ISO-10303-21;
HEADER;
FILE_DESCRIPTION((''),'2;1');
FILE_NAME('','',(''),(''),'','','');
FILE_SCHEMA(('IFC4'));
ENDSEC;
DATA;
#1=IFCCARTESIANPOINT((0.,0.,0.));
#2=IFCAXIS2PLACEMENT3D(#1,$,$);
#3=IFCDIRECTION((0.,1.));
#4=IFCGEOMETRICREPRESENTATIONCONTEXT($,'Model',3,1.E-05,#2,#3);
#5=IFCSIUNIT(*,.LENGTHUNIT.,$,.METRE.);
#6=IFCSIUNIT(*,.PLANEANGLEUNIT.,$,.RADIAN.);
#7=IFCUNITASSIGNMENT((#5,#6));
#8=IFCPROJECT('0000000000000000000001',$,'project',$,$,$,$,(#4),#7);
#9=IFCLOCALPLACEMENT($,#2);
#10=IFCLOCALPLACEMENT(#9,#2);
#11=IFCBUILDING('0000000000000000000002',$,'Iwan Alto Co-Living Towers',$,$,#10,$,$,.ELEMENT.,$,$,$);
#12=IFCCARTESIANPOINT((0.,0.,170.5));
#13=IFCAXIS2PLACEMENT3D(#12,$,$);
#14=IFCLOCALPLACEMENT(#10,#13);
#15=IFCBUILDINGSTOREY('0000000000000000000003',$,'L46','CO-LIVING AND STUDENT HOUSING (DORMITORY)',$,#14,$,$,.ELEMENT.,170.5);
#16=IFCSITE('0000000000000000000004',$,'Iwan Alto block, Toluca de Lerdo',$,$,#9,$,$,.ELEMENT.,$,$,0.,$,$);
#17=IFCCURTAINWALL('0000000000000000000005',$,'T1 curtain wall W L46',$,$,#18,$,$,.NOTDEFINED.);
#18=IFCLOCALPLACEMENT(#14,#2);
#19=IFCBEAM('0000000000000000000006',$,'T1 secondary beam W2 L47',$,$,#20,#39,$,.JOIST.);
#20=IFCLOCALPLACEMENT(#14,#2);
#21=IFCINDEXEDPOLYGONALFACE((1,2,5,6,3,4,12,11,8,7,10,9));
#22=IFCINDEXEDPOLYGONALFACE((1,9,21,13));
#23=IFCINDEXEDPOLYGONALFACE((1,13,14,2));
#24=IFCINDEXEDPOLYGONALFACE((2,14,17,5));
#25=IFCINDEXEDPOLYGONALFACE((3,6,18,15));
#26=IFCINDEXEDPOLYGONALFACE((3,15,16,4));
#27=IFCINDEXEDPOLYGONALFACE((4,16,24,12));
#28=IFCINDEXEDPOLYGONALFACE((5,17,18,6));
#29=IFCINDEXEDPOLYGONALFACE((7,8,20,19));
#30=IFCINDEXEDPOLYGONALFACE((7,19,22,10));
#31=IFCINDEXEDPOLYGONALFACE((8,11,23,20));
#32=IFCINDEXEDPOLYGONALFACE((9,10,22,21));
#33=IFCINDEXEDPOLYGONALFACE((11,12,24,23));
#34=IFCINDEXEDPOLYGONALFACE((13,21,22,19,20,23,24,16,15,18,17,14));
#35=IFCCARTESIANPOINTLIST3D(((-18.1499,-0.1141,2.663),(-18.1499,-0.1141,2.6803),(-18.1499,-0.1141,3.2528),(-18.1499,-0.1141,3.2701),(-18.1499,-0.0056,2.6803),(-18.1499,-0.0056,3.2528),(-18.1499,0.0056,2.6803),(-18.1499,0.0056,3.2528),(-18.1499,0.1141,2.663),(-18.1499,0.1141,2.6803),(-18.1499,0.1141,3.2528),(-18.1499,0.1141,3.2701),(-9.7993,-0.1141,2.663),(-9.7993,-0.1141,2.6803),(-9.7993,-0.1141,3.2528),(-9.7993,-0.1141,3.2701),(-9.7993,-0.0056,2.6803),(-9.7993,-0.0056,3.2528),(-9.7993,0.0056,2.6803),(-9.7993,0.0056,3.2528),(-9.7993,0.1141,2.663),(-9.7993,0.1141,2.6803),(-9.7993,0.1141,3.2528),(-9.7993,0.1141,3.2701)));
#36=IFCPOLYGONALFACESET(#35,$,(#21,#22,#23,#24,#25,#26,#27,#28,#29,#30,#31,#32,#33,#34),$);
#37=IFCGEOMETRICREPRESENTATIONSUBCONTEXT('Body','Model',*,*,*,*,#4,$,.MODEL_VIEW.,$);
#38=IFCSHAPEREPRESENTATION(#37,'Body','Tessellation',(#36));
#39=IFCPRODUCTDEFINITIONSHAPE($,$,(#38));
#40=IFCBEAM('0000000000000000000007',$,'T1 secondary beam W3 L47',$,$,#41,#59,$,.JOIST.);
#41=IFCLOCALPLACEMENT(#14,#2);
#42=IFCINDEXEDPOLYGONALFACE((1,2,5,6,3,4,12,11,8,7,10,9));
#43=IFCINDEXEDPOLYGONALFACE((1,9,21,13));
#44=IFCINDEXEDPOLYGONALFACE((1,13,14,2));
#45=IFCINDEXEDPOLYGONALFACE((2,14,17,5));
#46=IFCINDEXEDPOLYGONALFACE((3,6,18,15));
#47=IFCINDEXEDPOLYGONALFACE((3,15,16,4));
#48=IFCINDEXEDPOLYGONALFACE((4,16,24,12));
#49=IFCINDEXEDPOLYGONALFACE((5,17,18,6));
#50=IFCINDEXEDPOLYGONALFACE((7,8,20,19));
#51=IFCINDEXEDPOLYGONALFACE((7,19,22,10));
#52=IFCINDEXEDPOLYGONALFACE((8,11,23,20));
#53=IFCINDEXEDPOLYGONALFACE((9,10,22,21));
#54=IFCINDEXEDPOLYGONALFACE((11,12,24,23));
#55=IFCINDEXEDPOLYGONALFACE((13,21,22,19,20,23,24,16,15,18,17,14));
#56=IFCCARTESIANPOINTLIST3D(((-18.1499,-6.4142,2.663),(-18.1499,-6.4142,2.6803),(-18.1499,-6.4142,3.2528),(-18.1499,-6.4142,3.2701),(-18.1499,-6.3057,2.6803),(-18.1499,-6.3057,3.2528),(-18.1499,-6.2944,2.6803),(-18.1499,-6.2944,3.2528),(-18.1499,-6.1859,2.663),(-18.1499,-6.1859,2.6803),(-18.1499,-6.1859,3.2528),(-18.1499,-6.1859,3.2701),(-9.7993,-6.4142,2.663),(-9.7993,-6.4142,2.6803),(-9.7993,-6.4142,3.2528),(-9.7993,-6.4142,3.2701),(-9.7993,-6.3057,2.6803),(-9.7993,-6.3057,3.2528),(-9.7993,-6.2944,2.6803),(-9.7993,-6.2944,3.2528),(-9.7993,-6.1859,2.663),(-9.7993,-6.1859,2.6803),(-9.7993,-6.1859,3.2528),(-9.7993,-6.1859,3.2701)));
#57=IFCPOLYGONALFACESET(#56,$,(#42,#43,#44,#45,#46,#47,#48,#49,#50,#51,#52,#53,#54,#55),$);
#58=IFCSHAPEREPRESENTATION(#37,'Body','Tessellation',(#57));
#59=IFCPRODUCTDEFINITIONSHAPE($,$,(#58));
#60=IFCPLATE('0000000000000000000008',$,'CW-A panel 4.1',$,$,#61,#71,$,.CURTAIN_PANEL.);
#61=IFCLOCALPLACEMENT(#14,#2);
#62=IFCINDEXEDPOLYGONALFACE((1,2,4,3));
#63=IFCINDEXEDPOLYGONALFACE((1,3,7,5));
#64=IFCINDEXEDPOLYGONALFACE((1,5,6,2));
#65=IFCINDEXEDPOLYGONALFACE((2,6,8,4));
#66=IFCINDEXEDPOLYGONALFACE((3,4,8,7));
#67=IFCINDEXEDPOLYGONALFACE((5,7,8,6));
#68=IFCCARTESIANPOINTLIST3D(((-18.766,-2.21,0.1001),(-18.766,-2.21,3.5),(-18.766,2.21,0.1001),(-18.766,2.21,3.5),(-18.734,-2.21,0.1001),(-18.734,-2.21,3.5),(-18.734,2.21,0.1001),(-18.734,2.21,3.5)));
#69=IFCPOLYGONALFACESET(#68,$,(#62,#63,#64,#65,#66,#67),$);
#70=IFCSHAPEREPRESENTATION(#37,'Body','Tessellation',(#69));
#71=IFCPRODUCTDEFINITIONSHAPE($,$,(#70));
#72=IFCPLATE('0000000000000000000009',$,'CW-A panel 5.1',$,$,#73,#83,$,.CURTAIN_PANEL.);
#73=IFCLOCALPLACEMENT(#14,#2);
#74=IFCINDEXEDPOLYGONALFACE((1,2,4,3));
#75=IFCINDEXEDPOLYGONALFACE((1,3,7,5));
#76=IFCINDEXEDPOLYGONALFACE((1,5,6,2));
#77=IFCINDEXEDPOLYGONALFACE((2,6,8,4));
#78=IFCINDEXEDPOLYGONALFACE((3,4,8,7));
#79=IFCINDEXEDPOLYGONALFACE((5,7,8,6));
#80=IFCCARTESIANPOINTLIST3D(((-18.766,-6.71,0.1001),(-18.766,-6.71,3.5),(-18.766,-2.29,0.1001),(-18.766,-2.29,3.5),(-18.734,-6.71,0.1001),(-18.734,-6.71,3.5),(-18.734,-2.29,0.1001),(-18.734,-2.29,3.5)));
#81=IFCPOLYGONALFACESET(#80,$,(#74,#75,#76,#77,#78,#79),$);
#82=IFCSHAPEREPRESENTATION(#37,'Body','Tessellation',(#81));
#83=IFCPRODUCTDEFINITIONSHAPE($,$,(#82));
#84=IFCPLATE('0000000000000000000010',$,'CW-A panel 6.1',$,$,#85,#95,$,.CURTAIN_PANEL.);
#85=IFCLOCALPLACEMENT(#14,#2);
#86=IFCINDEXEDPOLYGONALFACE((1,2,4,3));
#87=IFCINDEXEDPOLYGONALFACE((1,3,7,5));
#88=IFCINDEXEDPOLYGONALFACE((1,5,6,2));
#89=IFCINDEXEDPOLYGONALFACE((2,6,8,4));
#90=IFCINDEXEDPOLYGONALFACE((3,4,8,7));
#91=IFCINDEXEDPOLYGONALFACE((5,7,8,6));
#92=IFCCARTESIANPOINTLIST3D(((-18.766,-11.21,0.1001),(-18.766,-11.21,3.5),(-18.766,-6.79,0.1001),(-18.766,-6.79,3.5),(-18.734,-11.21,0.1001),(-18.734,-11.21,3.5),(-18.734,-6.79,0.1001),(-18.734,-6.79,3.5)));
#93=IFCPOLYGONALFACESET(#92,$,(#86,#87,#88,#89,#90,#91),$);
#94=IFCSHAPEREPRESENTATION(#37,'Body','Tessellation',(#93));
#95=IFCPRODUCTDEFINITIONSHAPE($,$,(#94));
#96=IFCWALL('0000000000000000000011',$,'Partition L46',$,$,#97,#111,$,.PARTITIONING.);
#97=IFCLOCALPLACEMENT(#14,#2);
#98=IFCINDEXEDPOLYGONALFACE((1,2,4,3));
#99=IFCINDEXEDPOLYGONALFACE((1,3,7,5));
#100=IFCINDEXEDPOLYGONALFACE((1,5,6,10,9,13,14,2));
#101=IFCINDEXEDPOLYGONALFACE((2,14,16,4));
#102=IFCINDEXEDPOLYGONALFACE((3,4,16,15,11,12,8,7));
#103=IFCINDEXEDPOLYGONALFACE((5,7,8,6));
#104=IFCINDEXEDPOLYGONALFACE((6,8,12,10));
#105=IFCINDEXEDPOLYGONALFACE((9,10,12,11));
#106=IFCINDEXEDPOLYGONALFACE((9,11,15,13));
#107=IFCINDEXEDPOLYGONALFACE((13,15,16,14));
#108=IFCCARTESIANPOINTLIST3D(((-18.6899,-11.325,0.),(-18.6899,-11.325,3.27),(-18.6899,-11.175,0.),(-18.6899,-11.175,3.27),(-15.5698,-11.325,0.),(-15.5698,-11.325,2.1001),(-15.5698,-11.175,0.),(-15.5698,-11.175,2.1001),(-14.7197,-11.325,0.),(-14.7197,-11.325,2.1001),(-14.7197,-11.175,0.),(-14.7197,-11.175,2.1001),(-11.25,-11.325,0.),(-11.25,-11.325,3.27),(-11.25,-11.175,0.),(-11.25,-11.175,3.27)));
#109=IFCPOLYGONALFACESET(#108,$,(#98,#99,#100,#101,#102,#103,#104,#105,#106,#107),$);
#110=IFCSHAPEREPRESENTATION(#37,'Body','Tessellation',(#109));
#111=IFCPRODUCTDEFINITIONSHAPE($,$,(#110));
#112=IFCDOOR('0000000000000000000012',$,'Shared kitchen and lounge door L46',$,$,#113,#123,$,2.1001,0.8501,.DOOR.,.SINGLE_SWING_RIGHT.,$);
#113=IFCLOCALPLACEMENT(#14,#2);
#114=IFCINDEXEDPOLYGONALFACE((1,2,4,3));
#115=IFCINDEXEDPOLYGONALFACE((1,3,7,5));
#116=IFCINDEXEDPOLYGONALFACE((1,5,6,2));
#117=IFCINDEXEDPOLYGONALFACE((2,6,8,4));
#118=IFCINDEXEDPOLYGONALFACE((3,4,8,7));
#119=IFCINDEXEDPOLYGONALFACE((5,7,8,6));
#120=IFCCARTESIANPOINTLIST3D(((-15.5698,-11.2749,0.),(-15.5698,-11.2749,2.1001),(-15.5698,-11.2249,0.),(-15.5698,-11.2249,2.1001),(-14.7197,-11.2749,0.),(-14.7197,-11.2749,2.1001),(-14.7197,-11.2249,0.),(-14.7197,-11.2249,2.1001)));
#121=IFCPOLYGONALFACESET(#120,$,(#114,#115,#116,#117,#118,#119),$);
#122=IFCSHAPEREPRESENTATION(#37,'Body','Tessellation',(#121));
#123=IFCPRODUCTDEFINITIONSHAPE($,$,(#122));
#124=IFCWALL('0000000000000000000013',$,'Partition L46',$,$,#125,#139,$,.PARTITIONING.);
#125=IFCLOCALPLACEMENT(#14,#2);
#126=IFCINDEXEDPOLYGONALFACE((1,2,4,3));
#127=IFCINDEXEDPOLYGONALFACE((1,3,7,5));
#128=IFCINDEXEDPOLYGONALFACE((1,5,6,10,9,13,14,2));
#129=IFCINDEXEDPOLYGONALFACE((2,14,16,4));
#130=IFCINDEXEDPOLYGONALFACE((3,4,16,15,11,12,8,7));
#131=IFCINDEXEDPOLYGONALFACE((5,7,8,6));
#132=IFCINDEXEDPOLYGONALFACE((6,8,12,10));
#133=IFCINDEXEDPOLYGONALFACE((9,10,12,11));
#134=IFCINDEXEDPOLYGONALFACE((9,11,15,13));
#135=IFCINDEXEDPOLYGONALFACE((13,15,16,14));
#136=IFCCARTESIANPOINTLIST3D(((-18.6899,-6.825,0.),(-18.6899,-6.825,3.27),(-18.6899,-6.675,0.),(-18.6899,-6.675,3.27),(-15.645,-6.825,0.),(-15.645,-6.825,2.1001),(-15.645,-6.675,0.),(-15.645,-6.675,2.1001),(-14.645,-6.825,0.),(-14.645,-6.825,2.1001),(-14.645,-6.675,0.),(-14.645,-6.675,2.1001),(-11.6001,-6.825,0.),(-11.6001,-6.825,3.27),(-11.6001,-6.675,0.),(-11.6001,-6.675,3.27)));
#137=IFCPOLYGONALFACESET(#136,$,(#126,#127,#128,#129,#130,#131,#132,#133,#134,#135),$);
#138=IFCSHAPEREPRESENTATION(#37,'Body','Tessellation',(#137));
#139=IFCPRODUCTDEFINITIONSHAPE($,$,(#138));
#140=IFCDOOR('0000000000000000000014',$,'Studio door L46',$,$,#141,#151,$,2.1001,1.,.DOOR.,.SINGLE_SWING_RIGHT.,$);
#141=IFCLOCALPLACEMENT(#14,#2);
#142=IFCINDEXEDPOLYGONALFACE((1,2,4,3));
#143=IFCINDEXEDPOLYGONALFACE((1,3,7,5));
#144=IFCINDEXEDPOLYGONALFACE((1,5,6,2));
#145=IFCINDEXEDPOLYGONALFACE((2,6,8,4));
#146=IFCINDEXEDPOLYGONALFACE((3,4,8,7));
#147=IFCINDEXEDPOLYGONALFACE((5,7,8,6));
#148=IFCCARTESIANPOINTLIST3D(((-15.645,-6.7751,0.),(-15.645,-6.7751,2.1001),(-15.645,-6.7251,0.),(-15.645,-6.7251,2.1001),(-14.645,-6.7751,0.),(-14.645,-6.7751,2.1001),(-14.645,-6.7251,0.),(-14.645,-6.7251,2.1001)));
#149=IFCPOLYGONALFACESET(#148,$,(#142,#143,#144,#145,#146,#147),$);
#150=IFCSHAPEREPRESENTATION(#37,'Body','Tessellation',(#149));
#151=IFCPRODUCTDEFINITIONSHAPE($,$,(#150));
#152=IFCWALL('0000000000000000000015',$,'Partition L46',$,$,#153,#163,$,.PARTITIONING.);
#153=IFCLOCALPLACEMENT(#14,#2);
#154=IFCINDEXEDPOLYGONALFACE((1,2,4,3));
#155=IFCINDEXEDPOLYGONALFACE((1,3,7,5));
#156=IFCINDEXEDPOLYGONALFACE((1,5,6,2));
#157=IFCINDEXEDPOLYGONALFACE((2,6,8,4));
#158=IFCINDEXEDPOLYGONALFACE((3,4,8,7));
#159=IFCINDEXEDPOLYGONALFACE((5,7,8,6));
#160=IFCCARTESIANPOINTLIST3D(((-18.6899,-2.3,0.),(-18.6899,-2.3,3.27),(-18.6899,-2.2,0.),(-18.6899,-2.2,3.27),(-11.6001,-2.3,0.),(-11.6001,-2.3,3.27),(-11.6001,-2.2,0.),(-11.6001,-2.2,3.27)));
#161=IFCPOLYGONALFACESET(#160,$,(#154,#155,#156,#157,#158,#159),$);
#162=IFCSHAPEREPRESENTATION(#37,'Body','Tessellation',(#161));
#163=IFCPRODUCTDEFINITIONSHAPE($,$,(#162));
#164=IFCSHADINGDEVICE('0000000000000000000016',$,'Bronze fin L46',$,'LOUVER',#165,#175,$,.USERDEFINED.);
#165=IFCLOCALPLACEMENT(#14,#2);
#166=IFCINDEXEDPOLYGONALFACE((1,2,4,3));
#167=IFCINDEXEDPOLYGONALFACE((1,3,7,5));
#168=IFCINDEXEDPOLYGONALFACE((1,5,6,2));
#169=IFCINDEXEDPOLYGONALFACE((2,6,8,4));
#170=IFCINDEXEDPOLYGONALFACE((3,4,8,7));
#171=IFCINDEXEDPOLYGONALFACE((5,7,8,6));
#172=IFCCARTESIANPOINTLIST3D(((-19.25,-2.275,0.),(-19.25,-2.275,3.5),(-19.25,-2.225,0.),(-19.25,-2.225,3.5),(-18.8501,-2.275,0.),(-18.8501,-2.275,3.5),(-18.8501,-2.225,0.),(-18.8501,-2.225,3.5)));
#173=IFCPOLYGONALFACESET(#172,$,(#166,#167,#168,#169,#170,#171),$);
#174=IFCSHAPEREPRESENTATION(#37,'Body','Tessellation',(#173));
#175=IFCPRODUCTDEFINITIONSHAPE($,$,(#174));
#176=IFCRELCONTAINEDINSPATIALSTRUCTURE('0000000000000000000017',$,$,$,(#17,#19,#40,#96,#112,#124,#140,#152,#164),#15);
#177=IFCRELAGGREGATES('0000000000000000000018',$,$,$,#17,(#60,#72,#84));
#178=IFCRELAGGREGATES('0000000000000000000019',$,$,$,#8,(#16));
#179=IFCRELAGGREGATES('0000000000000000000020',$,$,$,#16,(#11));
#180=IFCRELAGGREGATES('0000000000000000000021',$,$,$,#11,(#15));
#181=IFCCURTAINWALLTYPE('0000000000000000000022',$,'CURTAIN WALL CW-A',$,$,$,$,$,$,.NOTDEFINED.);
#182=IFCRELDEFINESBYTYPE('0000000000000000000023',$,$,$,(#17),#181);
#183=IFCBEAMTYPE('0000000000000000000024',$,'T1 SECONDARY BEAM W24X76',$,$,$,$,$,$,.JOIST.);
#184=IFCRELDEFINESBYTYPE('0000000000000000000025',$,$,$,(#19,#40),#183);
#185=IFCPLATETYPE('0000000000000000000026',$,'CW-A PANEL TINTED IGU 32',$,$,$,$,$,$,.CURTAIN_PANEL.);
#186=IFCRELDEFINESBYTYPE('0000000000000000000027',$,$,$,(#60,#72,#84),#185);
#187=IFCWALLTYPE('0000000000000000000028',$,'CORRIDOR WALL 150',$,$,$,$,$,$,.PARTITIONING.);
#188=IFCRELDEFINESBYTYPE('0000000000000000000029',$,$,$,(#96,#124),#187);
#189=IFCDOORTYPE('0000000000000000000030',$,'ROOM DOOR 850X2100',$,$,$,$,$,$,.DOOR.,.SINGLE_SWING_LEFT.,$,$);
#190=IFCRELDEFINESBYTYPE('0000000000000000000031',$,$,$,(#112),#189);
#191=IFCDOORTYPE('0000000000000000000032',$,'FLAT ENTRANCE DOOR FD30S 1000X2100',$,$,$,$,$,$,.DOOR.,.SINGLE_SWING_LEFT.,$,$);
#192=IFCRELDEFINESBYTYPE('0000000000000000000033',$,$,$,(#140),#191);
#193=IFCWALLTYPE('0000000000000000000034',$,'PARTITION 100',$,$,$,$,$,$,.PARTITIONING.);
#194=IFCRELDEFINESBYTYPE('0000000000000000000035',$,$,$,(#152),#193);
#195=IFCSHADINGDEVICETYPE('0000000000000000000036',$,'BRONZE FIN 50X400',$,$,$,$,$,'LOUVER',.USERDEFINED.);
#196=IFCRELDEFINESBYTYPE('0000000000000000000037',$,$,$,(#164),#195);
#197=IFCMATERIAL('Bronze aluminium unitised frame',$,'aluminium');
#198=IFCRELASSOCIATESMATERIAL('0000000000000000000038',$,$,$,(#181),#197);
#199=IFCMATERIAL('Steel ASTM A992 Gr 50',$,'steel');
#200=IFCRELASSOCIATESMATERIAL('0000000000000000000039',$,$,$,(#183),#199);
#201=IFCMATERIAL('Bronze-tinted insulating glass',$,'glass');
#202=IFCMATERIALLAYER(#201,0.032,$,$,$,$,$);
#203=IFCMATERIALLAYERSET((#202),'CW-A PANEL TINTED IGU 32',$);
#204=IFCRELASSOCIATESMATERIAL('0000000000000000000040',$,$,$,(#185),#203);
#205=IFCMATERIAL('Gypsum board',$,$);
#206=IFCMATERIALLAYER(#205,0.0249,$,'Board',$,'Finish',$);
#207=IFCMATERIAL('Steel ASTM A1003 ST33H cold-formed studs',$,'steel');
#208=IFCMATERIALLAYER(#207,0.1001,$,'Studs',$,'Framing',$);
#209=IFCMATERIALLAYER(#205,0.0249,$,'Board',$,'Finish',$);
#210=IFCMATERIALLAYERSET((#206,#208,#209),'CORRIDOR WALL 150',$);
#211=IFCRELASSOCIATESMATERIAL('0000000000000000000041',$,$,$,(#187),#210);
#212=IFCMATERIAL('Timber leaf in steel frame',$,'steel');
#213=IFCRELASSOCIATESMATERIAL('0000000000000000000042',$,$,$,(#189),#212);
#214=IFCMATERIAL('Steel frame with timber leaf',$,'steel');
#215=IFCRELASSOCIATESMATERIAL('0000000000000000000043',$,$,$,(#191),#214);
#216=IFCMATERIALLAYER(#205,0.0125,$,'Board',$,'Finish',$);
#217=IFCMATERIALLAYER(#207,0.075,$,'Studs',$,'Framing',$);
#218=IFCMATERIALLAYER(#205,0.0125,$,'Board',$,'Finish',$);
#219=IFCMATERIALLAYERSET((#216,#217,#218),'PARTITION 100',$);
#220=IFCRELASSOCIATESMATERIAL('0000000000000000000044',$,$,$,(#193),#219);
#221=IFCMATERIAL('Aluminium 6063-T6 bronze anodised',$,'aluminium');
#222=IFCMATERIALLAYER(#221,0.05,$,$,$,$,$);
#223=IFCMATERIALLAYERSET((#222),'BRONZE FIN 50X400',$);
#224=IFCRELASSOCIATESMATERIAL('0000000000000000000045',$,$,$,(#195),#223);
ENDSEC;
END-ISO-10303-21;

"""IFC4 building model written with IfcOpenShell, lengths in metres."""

from ifc_helpers import new_model, si_unit, direction, frame, frame_2d, origin, origin_2d, place, context, subcontext, project, spatial, rectangle, i_section, extrude, material, layer, layer_set, material_profile, profile_set, type_object, element, fill, aggregate, save


model = new_model("IFC4")

# Units and contexts
model_context = context("Model", 3, precision=1e-05, world=origin(), true_north=direction((0.0, 1.0)))
body_context = subcontext(model_context, "Body", "Model", "MODEL_VIEW")
ifc_project = project(units=[si_unit("LENGTHUNIT", "METRE"), si_unit("PLANEANGLEUNIT", "RADIAN")], contexts=[model_context])

# Site, building, storey
site_placement = place(None, origin())
site = spatial("IfcSite", under=ifc_project, at=site_placement, Name="Iwan Alto block, Toluca de Lerdo", CompositionType="ELEMENT", RefElevation=0.0)
building_placement = place(site_placement, origin())
building = spatial("IfcBuilding", under=site, at=building_placement, Name="Iwan Alto Co-Living Towers", CompositionType="ELEMENT")
storey_placement = place(building_placement, frame((0.0, 0.0, 170.5)))
storey = spatial("IfcBuildingStorey", under=building, at=storey_placement, Name="L46", Description="CO-LIVING AND STUDENT HOUSING (DORMITORY)", CompositionType="ELEMENT", Elevation=170.5)

# Curtain wall
ifc_material_1 = material(Name="Bronze aluminium unitised frame", Category="aluminium")
curtain_wall_type = type_object("IfcCurtainWallType", Name="CURTAIN WALL CW-A", PredefinedType="NOTDEFINED", material=ifc_material_1)
curtain_wall_placement = place(storey_placement, origin())
curtain_wall = element("IfcCurtainWall", 1, at=curtain_wall_placement, inside=storey, type_object=curtain_wall_type, Name="T1 curtain wall W L46", PredefinedType="NOTDEFINED")

# Beams
ifc_material_2 = material(Name="Steel ASTM A992 Gr 50", Category="steel")
ifc_material_profile_1 = material_profile(ifc_material_2, i_section(OverallWidth=0.2283, OverallDepth=0.6072, WebThickness=0.0112, FlangeThickness=0.0173, at=origin_2d()), Name="W24X76")
ifc_profile_set_1 = profile_set([ifc_material_profile_1], Name="Steel ASTM A992 Gr 50")
beam_type_1 = type_object("IfcBeamType", Name="T1 SECONDARY BEAM W24X76", PredefinedType="JOIST", material=ifc_profile_set_1)
for number, where, z_axis, x_axis, name in (
    (2, (-18.1499, 0.0, 2.9666), (1.0, 0.0, 0.0), (0.0, 1.0, 0.0), "T1 secondary beam W2 L47"),
    (3, (-18.1499, -6.3, 2.9666), (1.0, 0.0, 0.0), (0.0, 1.0, 0.0), "T1 secondary beam W3 L47"),
):
    element("IfcBeam", number, at=place(storey_placement, frame(where, z_axis=z_axis, x_axis=x_axis)), inside=storey, type_object=beam_type_1, Name=name, PredefinedType="JOIST", context=body_context, shape_type="SweptSolid", body=[
        extrude(i_section(OverallWidth=0.2283, OverallDepth=0.6072, WebThickness=0.0112, FlangeThickness=0.0173, at=origin_2d()), origin(), (0.0, 0.0, 1.0), 8.3506),
    ])

# Plates
ifc_material_3 = material(Name="Bronze-tinted insulating glass", Category="glass")
ifc_layer_1 = layer(ifc_material_3, 0.032)
ifc_layer_set_1 = layer_set([ifc_layer_1], Name="CW-A PANEL TINTED IGU 32")
plate_type = type_object("IfcPlateType", Name="CW-A PANEL TINTED IGU 32", PredefinedType="CURTAIN_PANEL", material=ifc_layer_set_1)
plate_1_placement = place(storey_placement, frame((-18.75, 0.0, 0.1001), z_axis=(0.0, 0.0, 1.0), x_axis=(0.0, -1.0, 0.0)))
plate_1 = element("IfcPlate", 4, at=plate_1_placement, type_object=plate_type, Name="CW-A panel 4.1", PredefinedType="CURTAIN_PANEL", context=body_context, shape_type="SweptSolid", body=[
    extrude(rectangle(XDim=4.4199, YDim=0.032, at=origin_2d()), origin(), (0.0, 0.0, 1.0), 3.3999),
])
plate_2_placement = place(storey_placement, frame((-18.75, -4.5, 0.1001), z_axis=(0.0, 0.0, 1.0), x_axis=(0.0, -1.0, 0.0)))
plate_2 = element("IfcPlate", 5, at=plate_2_placement, type_object=plate_type, Name="CW-A panel 5.1", PredefinedType="CURTAIN_PANEL", context=body_context, shape_type="SweptSolid", body=[
    extrude(rectangle(XDim=4.4199, YDim=0.032, at=origin_2d()), origin(), (0.0, 0.0, 1.0), 3.3999),
])
plate_3_placement = place(storey_placement, frame((-18.75, -9.0, 0.1001), z_axis=(0.0, 0.0, 1.0), x_axis=(0.0, -1.0, 0.0)))
plate_3 = element("IfcPlate", 6, at=plate_3_placement, type_object=plate_type, Name="CW-A panel 6.1", PredefinedType="CURTAIN_PANEL", context=body_context, shape_type="SweptSolid", body=[
    extrude(rectangle(XDim=4.4199, YDim=0.032, at=origin_2d()), origin(), (0.0, 0.0, 1.0), 3.3999),
])
aggregate(curtain_wall, [plate_1, plate_2, plate_3])

# Walls, openings, doors
ifc_material_4 = material(Name="Gypsum board")
ifc_layer_2 = layer(ifc_material_4, 0.0249, Name="Board", Category="Finish")
ifc_material_5 = material(Name="Steel ASTM A1003 ST33H cold-formed studs", Category="steel")
ifc_layer_3 = layer(ifc_material_5, 0.1001, Name="Studs", Category="Framing")
ifc_layer_4 = layer(ifc_material_4, 0.0249, Name="Board", Category="Finish")
ifc_layer_set_2 = layer_set([ifc_layer_2, ifc_layer_3, ifc_layer_4], Name="CORRIDOR WALL 150")
wall_type_1 = type_object("IfcWallType", Name="CORRIDOR WALL 150", PredefinedType="PARTITIONING", material=ifc_layer_set_2)
wall_1_placement = place(storey_placement, frame((-18.6899, -11.25, 0.0), z_axis=(0.0, 0.0, 1.0), x_axis=(1.0, 0.0, 0.0)))
wall_1 = element("IfcWall", 7, at=wall_1_placement, inside=storey, type_object=wall_type_1, Name="Partition L46", PredefinedType="PARTITIONING", context=body_context, shape_type="SweptSolid", body=[
    extrude(rectangle(XDim=7.4399, YDim=0.1499, at=frame_2d((3.72, 0.0))), origin(), (0.0, 0.0, 1.0), 3.27),
])
opening_1_placement = place(wall_1_placement, frame((3.1201, 0.0, 0.0)))
opening_1 = element("IfcOpeningElement", 8, at=opening_1_placement, cuts=wall_1, PredefinedType="OPENING", context=body_context, shape_type="SweptSolid", body=[
    extrude(rectangle(XDim=0.8501, YDim=2.1001, at=frame_2d((0.425, 1.05))), frame((0.0, 0.085, 0.0), z_axis=(0.0, -1.0, 0.0), x_axis=(1.0, 0.0, 0.0)), (0.0, 0.0, 1.0), 0.1699),
])
ifc_material_6 = material(Name="Timber leaf in steel frame", Category="steel")
door_type_1 = type_object("IfcDoorType", Name="ROOM DOOR 850X2100", OperationType="SINGLE_SWING_LEFT", PredefinedType="DOOR", material=ifc_material_6)
door_1_placement = place(opening_1_placement, frame((0.8501, 0.0, 0.0), z_axis=(0.0, 0.0, 1.0), x_axis=(-1.0, 0.0, 0.0)))
door_1 = element("IfcDoor", 9, at=door_1_placement, inside=storey, type_object=door_type_1, Name="Shared kitchen and lounge door L46", OperationType="SINGLE_SWING_RIGHT", OverallHeight=2.1001, OverallWidth=0.8501, PredefinedType="DOOR", context=body_context, shape_type="SweptSolid", body=[
    extrude(rectangle(XDim=0.8501, YDim=2.1001, at=frame_2d((0.425, 1.05))), frame((0.0, 0.0249, 0.0), z_axis=(0.0, -1.0, 0.0), x_axis=(1.0, 0.0, 0.0)), (0.0, 0.0, 1.0), 0.05),
])
fill(opening_1, door_1)
wall_2_placement = place(storey_placement, frame((-18.6899, -6.75, 0.0), z_axis=(0.0, 0.0, 1.0), x_axis=(1.0, 0.0, 0.0)))
wall_2 = element("IfcWall", 10, at=wall_2_placement, inside=storey, type_object=wall_type_1, Name="Partition L46", PredefinedType="PARTITIONING", context=body_context, shape_type="SweptSolid", body=[
    extrude(rectangle(XDim=7.0898, YDim=0.1499, at=frame_2d((3.5449, 0.0))), origin(), (0.0, 0.0, 1.0), 3.27),
])
opening_2_placement = place(wall_2_placement, frame((3.0449, 0.0, 0.0)))
opening_2 = element("IfcOpeningElement", 11, at=opening_2_placement, cuts=wall_2, PredefinedType="OPENING", context=body_context, shape_type="SweptSolid", body=[
    extrude(rectangle(XDim=1.0, YDim=2.1001, at=frame_2d((0.5, 1.05))), frame((0.0, 0.085, 0.0), z_axis=(0.0, -1.0, 0.0), x_axis=(1.0, 0.0, 0.0)), (0.0, 0.0, 1.0), 0.1699),
])
ifc_material_7 = material(Name="Steel frame with timber leaf", Category="steel")
door_type_2 = type_object("IfcDoorType", Name="FLAT ENTRANCE DOOR FD30S 1000X2100", OperationType="SINGLE_SWING_LEFT", PredefinedType="DOOR", material=ifc_material_7)
door_2_placement = place(opening_2_placement, origin())
door_2 = element("IfcDoor", 12, at=door_2_placement, inside=storey, type_object=door_type_2, Name="Studio door L46", OperationType="SINGLE_SWING_RIGHT", OverallHeight=2.1001, OverallWidth=1.0, PredefinedType="DOOR", context=body_context, shape_type="SweptSolid", body=[
    extrude(rectangle(XDim=1.0, YDim=2.1001, at=frame_2d((0.5, 1.05))), frame((0.0, 0.0249, 0.0), z_axis=(0.0, -1.0, 0.0), x_axis=(1.0, 0.0, 0.0)), (0.0, 0.0, 1.0), 0.05),
])
fill(opening_2, door_2)

# Wall
ifc_layer_5 = layer(ifc_material_4, 0.0125, Name="Board", Category="Finish")
ifc_layer_6 = layer(ifc_material_5, 0.075, Name="Studs", Category="Framing")
ifc_layer_7 = layer(ifc_material_4, 0.0125, Name="Board", Category="Finish")
ifc_layer_set_3 = layer_set([ifc_layer_5, ifc_layer_6, ifc_layer_7], Name="PARTITION 100")
wall_type_2 = type_object("IfcWallType", Name="PARTITION 100", PredefinedType="PARTITIONING", material=ifc_layer_set_3)
wall_3_placement = place(storey_placement, frame((-18.6899, -2.25, 0.0), z_axis=(0.0, 0.0, 1.0), x_axis=(1.0, 0.0, 0.0)))
element("IfcWall", 13, at=wall_3_placement, inside=storey, type_object=wall_type_2, Name="Partition L46", PredefinedType="PARTITIONING", context=body_context, shape_type="SweptSolid", body=[
    extrude(rectangle(XDim=7.0898, YDim=0.1001, at=frame_2d((3.5449, 0.0))), origin(), (0.0, 0.0, 1.0), 3.27),
])

# Shading device
ifc_material_8 = material(Name="Aluminium 6063-T6 bronze anodised", Category="aluminium")
ifc_layer_8 = layer(ifc_material_8, 0.05)
ifc_layer_set_4 = layer_set([ifc_layer_8], Name="BRONZE FIN 50X400")
shading_device_type = type_object("IfcShadingDeviceType", Name="BRONZE FIN 50X400", ElementType="LOUVER", PredefinedType="USERDEFINED", material=ifc_layer_set_4)
shading_device_placement = place(storey_placement, frame((-19.05, -2.25, 0.0), z_axis=(0.0, 0.0, 1.0), x_axis=(0.0, -1.0, 0.0)))
element("IfcShadingDevice", 14, at=shading_device_placement, inside=storey, type_object=shading_device_type, Name="Bronze fin L46", ObjectType="LOUVER", PredefinedType="USERDEFINED", context=body_context, shape_type="SweptSolid", body=[
    extrude(rectangle(XDim=0.05, YDim=0.3999, at=origin_2d()), origin(), (0.0, 0.0, 1.0), 3.5),
])

save(model, "model.ifc")
